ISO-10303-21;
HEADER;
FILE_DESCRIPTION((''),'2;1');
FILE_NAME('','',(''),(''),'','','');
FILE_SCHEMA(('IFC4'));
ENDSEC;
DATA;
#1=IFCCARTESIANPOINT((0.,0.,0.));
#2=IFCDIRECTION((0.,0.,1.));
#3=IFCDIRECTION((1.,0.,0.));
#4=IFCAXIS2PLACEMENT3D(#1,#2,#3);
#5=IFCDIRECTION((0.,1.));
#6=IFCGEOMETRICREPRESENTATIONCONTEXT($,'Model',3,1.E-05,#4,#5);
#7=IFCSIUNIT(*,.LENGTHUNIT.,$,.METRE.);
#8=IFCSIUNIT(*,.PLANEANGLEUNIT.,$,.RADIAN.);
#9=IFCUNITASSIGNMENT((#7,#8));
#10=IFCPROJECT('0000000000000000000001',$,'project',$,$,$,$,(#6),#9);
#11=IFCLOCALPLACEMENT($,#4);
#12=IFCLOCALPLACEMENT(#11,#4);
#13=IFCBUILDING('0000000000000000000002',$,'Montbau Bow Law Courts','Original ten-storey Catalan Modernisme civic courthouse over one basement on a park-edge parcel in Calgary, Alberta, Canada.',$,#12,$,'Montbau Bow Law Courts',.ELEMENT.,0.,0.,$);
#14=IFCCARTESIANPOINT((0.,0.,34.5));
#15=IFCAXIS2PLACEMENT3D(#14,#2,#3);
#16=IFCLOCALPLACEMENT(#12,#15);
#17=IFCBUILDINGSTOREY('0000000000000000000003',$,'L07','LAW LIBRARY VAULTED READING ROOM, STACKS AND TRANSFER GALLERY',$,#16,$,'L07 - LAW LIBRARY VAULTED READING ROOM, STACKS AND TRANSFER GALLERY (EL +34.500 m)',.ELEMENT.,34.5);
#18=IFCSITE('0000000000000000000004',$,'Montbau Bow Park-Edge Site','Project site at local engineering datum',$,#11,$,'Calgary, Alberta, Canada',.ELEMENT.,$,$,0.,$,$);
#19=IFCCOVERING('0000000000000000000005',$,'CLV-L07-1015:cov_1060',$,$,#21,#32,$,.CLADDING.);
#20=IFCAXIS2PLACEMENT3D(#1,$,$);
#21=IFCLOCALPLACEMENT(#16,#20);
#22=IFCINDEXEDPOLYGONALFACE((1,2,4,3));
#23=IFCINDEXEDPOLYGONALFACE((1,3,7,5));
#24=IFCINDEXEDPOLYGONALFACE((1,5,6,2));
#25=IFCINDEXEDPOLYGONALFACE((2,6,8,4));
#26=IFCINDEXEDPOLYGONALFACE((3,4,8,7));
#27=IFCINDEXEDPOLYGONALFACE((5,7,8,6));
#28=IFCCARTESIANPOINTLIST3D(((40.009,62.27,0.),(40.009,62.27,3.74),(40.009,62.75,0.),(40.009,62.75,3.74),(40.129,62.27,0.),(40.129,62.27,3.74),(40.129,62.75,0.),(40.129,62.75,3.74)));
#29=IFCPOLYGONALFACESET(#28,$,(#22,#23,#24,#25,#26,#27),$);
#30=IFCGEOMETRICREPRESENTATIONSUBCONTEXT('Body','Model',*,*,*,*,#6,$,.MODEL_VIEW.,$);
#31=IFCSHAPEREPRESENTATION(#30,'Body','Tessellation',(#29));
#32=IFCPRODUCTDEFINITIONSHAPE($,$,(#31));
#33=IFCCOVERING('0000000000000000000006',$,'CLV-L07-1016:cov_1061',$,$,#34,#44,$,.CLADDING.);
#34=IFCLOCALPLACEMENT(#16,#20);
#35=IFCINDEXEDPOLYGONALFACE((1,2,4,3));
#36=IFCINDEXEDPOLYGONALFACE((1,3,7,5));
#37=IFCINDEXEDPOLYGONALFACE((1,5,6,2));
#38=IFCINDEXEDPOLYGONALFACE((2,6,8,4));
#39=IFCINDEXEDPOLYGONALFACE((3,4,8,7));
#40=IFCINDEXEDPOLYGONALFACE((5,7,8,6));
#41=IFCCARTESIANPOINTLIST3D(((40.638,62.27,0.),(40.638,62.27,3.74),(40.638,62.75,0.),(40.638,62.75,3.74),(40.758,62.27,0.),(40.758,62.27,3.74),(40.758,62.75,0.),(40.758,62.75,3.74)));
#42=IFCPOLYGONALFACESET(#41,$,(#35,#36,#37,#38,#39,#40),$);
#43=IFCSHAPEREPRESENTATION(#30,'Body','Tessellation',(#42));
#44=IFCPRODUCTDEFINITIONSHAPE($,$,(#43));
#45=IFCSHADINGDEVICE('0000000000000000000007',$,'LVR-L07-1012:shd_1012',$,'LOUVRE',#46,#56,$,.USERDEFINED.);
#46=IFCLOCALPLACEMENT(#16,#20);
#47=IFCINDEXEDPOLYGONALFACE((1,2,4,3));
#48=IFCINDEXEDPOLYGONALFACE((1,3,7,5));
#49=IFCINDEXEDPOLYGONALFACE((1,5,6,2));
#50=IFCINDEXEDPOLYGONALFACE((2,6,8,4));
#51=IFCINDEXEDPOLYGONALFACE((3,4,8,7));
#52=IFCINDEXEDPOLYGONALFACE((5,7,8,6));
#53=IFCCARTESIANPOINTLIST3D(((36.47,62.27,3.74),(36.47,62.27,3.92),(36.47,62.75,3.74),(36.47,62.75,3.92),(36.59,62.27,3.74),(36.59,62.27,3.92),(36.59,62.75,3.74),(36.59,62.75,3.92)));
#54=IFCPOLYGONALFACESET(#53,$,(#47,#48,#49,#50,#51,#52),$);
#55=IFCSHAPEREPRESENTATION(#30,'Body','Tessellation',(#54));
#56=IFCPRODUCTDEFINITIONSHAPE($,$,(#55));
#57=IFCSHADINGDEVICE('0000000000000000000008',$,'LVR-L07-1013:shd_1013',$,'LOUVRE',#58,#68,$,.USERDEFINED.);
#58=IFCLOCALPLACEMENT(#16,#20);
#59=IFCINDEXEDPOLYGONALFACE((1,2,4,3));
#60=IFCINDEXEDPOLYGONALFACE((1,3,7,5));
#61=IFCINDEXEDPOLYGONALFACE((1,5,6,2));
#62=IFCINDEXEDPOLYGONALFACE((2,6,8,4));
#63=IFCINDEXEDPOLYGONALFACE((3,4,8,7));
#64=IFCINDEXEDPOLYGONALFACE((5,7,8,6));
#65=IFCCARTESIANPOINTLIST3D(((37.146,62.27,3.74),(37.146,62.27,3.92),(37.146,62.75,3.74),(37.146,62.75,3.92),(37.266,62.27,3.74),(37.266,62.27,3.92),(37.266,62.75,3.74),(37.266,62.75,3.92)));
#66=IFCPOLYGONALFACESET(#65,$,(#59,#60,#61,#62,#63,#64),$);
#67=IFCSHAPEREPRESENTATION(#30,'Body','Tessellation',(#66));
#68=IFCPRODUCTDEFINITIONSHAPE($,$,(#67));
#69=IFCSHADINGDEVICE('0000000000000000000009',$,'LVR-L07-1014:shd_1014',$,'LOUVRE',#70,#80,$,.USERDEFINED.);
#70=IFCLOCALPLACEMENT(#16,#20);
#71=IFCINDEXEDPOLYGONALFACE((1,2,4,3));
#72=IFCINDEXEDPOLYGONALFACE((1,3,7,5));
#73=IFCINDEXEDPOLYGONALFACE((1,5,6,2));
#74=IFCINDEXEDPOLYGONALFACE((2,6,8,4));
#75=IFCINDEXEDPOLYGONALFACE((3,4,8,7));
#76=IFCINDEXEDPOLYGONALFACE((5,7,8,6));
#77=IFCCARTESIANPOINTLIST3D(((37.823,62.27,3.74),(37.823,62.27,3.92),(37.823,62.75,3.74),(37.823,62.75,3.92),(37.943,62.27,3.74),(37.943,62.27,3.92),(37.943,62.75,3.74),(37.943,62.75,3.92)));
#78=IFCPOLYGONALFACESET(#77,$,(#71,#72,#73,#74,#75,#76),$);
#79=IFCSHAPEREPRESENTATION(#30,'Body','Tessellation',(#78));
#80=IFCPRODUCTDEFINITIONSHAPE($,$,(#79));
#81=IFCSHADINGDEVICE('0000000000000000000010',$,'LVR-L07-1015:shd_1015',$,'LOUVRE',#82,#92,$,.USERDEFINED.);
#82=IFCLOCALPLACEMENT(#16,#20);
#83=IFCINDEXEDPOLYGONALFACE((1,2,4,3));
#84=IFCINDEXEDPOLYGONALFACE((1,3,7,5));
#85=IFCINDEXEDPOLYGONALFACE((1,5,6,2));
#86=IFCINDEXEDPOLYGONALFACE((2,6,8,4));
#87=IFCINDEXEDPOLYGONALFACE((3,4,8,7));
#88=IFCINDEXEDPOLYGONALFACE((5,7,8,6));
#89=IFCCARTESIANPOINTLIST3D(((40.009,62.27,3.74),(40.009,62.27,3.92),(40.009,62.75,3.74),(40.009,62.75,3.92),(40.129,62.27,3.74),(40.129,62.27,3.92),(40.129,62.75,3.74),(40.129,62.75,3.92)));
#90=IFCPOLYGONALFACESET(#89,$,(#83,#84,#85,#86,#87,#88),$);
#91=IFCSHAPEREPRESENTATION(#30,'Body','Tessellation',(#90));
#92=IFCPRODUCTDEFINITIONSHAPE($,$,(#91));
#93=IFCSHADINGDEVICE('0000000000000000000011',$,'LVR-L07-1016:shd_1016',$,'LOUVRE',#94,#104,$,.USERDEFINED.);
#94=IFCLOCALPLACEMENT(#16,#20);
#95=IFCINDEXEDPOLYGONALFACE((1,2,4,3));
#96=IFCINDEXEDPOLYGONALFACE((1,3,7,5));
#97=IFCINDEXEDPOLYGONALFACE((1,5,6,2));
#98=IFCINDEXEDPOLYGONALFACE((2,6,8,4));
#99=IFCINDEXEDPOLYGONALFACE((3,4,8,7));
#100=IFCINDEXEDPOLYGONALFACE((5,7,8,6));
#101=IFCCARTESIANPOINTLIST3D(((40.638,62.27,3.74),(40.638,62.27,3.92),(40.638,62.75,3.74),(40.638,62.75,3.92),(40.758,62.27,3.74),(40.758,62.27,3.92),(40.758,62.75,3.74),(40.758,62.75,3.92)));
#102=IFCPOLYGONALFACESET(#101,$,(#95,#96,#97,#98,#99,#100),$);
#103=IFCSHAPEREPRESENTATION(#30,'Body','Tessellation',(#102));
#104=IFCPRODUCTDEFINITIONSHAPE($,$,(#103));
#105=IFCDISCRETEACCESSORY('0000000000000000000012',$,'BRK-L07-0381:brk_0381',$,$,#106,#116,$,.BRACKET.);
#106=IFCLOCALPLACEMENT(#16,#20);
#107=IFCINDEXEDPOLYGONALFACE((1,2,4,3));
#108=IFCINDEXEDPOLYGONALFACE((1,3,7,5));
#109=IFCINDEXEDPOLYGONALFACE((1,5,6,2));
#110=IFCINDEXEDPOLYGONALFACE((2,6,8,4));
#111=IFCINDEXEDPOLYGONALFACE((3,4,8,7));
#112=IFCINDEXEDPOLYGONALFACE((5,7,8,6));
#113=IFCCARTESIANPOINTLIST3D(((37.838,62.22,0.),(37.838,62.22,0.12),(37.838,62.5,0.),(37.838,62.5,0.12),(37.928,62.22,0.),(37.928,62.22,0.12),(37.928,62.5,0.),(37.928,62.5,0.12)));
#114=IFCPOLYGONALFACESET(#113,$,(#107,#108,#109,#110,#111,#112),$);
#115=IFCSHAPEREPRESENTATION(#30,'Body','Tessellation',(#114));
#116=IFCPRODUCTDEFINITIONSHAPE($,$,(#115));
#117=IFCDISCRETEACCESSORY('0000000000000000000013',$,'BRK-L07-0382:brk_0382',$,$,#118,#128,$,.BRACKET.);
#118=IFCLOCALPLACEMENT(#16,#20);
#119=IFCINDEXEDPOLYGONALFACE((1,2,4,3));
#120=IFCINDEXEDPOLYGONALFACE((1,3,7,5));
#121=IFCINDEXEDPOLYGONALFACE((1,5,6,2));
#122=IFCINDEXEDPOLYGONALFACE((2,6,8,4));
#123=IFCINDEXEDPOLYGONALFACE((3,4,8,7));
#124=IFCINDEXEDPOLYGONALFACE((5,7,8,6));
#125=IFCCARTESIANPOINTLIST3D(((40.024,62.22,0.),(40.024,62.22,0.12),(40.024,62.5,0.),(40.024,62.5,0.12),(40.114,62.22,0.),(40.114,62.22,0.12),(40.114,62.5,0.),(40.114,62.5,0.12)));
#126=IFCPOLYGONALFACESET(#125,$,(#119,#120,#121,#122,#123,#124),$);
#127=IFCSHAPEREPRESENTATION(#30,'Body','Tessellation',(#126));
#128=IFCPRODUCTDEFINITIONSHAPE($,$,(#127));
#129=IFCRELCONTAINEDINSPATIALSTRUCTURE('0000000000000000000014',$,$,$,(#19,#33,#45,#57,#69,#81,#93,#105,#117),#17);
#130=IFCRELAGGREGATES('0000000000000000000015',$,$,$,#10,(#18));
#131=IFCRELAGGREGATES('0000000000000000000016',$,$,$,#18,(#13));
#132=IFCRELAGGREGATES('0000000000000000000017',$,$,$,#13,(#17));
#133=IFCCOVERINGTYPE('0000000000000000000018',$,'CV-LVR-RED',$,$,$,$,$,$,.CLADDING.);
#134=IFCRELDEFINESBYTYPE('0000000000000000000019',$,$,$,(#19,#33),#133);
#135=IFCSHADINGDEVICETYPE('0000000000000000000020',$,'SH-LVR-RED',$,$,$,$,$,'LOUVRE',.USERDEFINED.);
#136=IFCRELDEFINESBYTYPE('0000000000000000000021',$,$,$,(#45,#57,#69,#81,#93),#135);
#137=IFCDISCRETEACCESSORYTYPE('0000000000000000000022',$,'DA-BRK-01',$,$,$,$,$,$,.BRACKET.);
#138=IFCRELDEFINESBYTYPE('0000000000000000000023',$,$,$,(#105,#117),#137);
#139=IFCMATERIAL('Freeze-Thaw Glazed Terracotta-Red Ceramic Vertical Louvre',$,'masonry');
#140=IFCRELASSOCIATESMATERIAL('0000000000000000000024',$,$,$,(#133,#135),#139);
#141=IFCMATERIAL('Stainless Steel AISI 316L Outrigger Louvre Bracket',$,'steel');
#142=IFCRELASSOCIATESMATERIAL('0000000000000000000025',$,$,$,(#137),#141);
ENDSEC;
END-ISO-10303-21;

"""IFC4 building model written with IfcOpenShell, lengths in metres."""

from ifc_helpers import new_model, si_unit, direction, frame, frame_2d, origin_with_axes, origin_2d_with_axis, place, context, subcontext, project, spatial, rectangle, extrude, material, type_object, element, save


model = new_model("IFC4")

# Units and contexts
model_context = context("Model", 3, precision=1e-05, world=origin_with_axes(), true_north=direction((0.0, 1.0)))
body_context = subcontext(model_context, "Body", "Model", "MODEL_VIEW")
ifc_project = project(units=[si_unit("LENGTHUNIT", "METRE"), si_unit("PLANEANGLEUNIT", "RADIAN")], contexts=[model_context])

# Site, building, storey
site_placement = place(None, origin_with_axes())
site = spatial("IfcSite", under=ifc_project, at=site_placement, Name="Montbau Bow Park-Edge Site", Description="Project site at local engineering datum", LongName="Calgary, Alberta, Canada", CompositionType="ELEMENT", RefElevation=0.0)
building_placement = place(site_placement, origin_with_axes())
building = spatial("IfcBuilding", under=site, at=building_placement, Name="Montbau Bow Law Courts", Description="Original ten-storey Catalan Modernisme civic courthouse over one basement on a park-edge parcel in Calgary, Alberta, Canada.", LongName="Montbau Bow Law Courts", CompositionType="ELEMENT", ElevationOfRefHeight=0.0, ElevationOfTerrain=0.0)
storey_placement = place(building_placement, frame((0.0, 0.0, 34.5), z_axis=(0.0, 0.0, 1.0), x_axis=(1.0, 0.0, 0.0)))
storey = spatial("IfcBuildingStorey", under=building, at=storey_placement, Name="L07", Description="LAW LIBRARY VAULTED READING ROOM, STACKS AND TRANSFER GALLERY", LongName="L07 - LAW LIBRARY VAULTED READING ROOM, STACKS AND TRANSFER GALLERY (EL +34.500 m)", CompositionType="ELEMENT", Elevation=34.5)

# Coverings
ifc_material_1 = material(Name="Freeze-Thaw Glazed Terracotta-Red Ceramic Vertical Louvre", Category="masonry")
covering_type = type_object("IfcCoveringType", Name="CV-LVR-RED", PredefinedType="CLADDING", material=ifc_material_1)
for number, where, z_axis, x_axis, name in (
    (1, (40.069, 62.27, 34.5), (1.0, 0.0, 0.0), (0.0, 1.0, 0.0), "CLV-L07-1015:cov_1060"),
    (2, (40.698, 62.27, 34.5), (1.0, 0.0, 0.0), (0.0, 1.0, 0.0), "CLV-L07-1016:cov_1061"),
):
    element("IfcCovering", number, at=place(None, frame(where, z_axis=z_axis, x_axis=x_axis)), inside=storey, type_object=covering_type, Name=name, PredefinedType="CLADDING", context=body_context, shape_type="SweptSolid", body=[
        extrude(rectangle(XDim=0.48, YDim=3.74, at=frame_2d((0.24, 1.87), x_axis=(1.0, 0.0))), frame((0.0, 0.0, -0.06), z_axis=(0.0, 0.0, 1.0), x_axis=(1.0, 0.0, 0.0)), (0.0, 0.0, 1.0), 0.12),
    ])

# Shading devices
shading_device_type = type_object("IfcShadingDeviceType", Name="SH-LVR-RED", ElementType="LOUVRE", PredefinedType="USERDEFINED", material=ifc_material_1)
for number, where, z_axis, x_axis, name in (
    (3, (36.53, 62.51, 38.24), (0.0, 0.0, 1.0), (0.0, 1.0, 0.0), "LVR-L07-1012:shd_1012"),
    (4, (37.206, 62.51, 38.24), (0.0, 0.0, 1.0), (0.0, 1.0, 0.0), "LVR-L07-1013:shd_1013"),
    (5, (37.883, 62.51, 38.24), (0.0, 0.0, 1.0), (0.0, 1.0, 0.0), "LVR-L07-1014:shd_1014"),
    (6, (40.069, 62.51, 38.24), (0.0, 0.0, 1.0), (0.0, 1.0, 0.0), "LVR-L07-1015:shd_1015"),
    (7, (40.698, 62.51, 38.24), (0.0, 0.0, 1.0), (0.0, 1.0, 0.0), "LVR-L07-1016:shd_1016"),
):
    element("IfcShadingDevice", number, at=place(None, frame(where, z_axis=z_axis, x_axis=x_axis)), inside=storey, type_object=shading_device_type, Name=name, ObjectType="LOUVRE", PredefinedType="USERDEFINED", context=body_context, shape_type="SweptSolid", body=[
        extrude(rectangle(XDim=0.48, YDim=0.12, at=origin_2d_with_axis()), origin_with_axes(), (0.0, 0.0, 1.0), 0.18),
    ])

# Discrete accessories
ifc_material_2 = material(Name="Stainless Steel AISI 316L Outrigger Louvre Bracket", Category="steel")
discrete_accessory_type = type_object("IfcDiscreteAccessoryType", Name="DA-BRK-01", PredefinedType="BRACKET", material=ifc_material_2)
for number, where, z_axis, x_axis, name in (
    (8, (37.883, 62.36, 34.5), (0.0, 0.0, 1.0), (0.0, 1.0, 0.0), "BRK-L07-0381:brk_0381"),
    (9, (40.069, 62.36, 34.5), (0.0, 0.0, 1.0), (0.0, 1.0, 0.0), "BRK-L07-0382:brk_0382"),
):
    element("IfcDiscreteAccessory", number, at=place(None, frame(where, z_axis=z_axis, x_axis=x_axis)), inside=storey, type_object=discrete_accessory_type, Name=name, PredefinedType="BRACKET", context=body_context, shape_type="SweptSolid", body=[
        extrude(rectangle(XDim=0.28, YDim=0.09, at=origin_2d_with_axis()), origin_with_axes(), (0.0, 0.0, 1.0), 0.12),
    ])

save(model, "model.ifc")
